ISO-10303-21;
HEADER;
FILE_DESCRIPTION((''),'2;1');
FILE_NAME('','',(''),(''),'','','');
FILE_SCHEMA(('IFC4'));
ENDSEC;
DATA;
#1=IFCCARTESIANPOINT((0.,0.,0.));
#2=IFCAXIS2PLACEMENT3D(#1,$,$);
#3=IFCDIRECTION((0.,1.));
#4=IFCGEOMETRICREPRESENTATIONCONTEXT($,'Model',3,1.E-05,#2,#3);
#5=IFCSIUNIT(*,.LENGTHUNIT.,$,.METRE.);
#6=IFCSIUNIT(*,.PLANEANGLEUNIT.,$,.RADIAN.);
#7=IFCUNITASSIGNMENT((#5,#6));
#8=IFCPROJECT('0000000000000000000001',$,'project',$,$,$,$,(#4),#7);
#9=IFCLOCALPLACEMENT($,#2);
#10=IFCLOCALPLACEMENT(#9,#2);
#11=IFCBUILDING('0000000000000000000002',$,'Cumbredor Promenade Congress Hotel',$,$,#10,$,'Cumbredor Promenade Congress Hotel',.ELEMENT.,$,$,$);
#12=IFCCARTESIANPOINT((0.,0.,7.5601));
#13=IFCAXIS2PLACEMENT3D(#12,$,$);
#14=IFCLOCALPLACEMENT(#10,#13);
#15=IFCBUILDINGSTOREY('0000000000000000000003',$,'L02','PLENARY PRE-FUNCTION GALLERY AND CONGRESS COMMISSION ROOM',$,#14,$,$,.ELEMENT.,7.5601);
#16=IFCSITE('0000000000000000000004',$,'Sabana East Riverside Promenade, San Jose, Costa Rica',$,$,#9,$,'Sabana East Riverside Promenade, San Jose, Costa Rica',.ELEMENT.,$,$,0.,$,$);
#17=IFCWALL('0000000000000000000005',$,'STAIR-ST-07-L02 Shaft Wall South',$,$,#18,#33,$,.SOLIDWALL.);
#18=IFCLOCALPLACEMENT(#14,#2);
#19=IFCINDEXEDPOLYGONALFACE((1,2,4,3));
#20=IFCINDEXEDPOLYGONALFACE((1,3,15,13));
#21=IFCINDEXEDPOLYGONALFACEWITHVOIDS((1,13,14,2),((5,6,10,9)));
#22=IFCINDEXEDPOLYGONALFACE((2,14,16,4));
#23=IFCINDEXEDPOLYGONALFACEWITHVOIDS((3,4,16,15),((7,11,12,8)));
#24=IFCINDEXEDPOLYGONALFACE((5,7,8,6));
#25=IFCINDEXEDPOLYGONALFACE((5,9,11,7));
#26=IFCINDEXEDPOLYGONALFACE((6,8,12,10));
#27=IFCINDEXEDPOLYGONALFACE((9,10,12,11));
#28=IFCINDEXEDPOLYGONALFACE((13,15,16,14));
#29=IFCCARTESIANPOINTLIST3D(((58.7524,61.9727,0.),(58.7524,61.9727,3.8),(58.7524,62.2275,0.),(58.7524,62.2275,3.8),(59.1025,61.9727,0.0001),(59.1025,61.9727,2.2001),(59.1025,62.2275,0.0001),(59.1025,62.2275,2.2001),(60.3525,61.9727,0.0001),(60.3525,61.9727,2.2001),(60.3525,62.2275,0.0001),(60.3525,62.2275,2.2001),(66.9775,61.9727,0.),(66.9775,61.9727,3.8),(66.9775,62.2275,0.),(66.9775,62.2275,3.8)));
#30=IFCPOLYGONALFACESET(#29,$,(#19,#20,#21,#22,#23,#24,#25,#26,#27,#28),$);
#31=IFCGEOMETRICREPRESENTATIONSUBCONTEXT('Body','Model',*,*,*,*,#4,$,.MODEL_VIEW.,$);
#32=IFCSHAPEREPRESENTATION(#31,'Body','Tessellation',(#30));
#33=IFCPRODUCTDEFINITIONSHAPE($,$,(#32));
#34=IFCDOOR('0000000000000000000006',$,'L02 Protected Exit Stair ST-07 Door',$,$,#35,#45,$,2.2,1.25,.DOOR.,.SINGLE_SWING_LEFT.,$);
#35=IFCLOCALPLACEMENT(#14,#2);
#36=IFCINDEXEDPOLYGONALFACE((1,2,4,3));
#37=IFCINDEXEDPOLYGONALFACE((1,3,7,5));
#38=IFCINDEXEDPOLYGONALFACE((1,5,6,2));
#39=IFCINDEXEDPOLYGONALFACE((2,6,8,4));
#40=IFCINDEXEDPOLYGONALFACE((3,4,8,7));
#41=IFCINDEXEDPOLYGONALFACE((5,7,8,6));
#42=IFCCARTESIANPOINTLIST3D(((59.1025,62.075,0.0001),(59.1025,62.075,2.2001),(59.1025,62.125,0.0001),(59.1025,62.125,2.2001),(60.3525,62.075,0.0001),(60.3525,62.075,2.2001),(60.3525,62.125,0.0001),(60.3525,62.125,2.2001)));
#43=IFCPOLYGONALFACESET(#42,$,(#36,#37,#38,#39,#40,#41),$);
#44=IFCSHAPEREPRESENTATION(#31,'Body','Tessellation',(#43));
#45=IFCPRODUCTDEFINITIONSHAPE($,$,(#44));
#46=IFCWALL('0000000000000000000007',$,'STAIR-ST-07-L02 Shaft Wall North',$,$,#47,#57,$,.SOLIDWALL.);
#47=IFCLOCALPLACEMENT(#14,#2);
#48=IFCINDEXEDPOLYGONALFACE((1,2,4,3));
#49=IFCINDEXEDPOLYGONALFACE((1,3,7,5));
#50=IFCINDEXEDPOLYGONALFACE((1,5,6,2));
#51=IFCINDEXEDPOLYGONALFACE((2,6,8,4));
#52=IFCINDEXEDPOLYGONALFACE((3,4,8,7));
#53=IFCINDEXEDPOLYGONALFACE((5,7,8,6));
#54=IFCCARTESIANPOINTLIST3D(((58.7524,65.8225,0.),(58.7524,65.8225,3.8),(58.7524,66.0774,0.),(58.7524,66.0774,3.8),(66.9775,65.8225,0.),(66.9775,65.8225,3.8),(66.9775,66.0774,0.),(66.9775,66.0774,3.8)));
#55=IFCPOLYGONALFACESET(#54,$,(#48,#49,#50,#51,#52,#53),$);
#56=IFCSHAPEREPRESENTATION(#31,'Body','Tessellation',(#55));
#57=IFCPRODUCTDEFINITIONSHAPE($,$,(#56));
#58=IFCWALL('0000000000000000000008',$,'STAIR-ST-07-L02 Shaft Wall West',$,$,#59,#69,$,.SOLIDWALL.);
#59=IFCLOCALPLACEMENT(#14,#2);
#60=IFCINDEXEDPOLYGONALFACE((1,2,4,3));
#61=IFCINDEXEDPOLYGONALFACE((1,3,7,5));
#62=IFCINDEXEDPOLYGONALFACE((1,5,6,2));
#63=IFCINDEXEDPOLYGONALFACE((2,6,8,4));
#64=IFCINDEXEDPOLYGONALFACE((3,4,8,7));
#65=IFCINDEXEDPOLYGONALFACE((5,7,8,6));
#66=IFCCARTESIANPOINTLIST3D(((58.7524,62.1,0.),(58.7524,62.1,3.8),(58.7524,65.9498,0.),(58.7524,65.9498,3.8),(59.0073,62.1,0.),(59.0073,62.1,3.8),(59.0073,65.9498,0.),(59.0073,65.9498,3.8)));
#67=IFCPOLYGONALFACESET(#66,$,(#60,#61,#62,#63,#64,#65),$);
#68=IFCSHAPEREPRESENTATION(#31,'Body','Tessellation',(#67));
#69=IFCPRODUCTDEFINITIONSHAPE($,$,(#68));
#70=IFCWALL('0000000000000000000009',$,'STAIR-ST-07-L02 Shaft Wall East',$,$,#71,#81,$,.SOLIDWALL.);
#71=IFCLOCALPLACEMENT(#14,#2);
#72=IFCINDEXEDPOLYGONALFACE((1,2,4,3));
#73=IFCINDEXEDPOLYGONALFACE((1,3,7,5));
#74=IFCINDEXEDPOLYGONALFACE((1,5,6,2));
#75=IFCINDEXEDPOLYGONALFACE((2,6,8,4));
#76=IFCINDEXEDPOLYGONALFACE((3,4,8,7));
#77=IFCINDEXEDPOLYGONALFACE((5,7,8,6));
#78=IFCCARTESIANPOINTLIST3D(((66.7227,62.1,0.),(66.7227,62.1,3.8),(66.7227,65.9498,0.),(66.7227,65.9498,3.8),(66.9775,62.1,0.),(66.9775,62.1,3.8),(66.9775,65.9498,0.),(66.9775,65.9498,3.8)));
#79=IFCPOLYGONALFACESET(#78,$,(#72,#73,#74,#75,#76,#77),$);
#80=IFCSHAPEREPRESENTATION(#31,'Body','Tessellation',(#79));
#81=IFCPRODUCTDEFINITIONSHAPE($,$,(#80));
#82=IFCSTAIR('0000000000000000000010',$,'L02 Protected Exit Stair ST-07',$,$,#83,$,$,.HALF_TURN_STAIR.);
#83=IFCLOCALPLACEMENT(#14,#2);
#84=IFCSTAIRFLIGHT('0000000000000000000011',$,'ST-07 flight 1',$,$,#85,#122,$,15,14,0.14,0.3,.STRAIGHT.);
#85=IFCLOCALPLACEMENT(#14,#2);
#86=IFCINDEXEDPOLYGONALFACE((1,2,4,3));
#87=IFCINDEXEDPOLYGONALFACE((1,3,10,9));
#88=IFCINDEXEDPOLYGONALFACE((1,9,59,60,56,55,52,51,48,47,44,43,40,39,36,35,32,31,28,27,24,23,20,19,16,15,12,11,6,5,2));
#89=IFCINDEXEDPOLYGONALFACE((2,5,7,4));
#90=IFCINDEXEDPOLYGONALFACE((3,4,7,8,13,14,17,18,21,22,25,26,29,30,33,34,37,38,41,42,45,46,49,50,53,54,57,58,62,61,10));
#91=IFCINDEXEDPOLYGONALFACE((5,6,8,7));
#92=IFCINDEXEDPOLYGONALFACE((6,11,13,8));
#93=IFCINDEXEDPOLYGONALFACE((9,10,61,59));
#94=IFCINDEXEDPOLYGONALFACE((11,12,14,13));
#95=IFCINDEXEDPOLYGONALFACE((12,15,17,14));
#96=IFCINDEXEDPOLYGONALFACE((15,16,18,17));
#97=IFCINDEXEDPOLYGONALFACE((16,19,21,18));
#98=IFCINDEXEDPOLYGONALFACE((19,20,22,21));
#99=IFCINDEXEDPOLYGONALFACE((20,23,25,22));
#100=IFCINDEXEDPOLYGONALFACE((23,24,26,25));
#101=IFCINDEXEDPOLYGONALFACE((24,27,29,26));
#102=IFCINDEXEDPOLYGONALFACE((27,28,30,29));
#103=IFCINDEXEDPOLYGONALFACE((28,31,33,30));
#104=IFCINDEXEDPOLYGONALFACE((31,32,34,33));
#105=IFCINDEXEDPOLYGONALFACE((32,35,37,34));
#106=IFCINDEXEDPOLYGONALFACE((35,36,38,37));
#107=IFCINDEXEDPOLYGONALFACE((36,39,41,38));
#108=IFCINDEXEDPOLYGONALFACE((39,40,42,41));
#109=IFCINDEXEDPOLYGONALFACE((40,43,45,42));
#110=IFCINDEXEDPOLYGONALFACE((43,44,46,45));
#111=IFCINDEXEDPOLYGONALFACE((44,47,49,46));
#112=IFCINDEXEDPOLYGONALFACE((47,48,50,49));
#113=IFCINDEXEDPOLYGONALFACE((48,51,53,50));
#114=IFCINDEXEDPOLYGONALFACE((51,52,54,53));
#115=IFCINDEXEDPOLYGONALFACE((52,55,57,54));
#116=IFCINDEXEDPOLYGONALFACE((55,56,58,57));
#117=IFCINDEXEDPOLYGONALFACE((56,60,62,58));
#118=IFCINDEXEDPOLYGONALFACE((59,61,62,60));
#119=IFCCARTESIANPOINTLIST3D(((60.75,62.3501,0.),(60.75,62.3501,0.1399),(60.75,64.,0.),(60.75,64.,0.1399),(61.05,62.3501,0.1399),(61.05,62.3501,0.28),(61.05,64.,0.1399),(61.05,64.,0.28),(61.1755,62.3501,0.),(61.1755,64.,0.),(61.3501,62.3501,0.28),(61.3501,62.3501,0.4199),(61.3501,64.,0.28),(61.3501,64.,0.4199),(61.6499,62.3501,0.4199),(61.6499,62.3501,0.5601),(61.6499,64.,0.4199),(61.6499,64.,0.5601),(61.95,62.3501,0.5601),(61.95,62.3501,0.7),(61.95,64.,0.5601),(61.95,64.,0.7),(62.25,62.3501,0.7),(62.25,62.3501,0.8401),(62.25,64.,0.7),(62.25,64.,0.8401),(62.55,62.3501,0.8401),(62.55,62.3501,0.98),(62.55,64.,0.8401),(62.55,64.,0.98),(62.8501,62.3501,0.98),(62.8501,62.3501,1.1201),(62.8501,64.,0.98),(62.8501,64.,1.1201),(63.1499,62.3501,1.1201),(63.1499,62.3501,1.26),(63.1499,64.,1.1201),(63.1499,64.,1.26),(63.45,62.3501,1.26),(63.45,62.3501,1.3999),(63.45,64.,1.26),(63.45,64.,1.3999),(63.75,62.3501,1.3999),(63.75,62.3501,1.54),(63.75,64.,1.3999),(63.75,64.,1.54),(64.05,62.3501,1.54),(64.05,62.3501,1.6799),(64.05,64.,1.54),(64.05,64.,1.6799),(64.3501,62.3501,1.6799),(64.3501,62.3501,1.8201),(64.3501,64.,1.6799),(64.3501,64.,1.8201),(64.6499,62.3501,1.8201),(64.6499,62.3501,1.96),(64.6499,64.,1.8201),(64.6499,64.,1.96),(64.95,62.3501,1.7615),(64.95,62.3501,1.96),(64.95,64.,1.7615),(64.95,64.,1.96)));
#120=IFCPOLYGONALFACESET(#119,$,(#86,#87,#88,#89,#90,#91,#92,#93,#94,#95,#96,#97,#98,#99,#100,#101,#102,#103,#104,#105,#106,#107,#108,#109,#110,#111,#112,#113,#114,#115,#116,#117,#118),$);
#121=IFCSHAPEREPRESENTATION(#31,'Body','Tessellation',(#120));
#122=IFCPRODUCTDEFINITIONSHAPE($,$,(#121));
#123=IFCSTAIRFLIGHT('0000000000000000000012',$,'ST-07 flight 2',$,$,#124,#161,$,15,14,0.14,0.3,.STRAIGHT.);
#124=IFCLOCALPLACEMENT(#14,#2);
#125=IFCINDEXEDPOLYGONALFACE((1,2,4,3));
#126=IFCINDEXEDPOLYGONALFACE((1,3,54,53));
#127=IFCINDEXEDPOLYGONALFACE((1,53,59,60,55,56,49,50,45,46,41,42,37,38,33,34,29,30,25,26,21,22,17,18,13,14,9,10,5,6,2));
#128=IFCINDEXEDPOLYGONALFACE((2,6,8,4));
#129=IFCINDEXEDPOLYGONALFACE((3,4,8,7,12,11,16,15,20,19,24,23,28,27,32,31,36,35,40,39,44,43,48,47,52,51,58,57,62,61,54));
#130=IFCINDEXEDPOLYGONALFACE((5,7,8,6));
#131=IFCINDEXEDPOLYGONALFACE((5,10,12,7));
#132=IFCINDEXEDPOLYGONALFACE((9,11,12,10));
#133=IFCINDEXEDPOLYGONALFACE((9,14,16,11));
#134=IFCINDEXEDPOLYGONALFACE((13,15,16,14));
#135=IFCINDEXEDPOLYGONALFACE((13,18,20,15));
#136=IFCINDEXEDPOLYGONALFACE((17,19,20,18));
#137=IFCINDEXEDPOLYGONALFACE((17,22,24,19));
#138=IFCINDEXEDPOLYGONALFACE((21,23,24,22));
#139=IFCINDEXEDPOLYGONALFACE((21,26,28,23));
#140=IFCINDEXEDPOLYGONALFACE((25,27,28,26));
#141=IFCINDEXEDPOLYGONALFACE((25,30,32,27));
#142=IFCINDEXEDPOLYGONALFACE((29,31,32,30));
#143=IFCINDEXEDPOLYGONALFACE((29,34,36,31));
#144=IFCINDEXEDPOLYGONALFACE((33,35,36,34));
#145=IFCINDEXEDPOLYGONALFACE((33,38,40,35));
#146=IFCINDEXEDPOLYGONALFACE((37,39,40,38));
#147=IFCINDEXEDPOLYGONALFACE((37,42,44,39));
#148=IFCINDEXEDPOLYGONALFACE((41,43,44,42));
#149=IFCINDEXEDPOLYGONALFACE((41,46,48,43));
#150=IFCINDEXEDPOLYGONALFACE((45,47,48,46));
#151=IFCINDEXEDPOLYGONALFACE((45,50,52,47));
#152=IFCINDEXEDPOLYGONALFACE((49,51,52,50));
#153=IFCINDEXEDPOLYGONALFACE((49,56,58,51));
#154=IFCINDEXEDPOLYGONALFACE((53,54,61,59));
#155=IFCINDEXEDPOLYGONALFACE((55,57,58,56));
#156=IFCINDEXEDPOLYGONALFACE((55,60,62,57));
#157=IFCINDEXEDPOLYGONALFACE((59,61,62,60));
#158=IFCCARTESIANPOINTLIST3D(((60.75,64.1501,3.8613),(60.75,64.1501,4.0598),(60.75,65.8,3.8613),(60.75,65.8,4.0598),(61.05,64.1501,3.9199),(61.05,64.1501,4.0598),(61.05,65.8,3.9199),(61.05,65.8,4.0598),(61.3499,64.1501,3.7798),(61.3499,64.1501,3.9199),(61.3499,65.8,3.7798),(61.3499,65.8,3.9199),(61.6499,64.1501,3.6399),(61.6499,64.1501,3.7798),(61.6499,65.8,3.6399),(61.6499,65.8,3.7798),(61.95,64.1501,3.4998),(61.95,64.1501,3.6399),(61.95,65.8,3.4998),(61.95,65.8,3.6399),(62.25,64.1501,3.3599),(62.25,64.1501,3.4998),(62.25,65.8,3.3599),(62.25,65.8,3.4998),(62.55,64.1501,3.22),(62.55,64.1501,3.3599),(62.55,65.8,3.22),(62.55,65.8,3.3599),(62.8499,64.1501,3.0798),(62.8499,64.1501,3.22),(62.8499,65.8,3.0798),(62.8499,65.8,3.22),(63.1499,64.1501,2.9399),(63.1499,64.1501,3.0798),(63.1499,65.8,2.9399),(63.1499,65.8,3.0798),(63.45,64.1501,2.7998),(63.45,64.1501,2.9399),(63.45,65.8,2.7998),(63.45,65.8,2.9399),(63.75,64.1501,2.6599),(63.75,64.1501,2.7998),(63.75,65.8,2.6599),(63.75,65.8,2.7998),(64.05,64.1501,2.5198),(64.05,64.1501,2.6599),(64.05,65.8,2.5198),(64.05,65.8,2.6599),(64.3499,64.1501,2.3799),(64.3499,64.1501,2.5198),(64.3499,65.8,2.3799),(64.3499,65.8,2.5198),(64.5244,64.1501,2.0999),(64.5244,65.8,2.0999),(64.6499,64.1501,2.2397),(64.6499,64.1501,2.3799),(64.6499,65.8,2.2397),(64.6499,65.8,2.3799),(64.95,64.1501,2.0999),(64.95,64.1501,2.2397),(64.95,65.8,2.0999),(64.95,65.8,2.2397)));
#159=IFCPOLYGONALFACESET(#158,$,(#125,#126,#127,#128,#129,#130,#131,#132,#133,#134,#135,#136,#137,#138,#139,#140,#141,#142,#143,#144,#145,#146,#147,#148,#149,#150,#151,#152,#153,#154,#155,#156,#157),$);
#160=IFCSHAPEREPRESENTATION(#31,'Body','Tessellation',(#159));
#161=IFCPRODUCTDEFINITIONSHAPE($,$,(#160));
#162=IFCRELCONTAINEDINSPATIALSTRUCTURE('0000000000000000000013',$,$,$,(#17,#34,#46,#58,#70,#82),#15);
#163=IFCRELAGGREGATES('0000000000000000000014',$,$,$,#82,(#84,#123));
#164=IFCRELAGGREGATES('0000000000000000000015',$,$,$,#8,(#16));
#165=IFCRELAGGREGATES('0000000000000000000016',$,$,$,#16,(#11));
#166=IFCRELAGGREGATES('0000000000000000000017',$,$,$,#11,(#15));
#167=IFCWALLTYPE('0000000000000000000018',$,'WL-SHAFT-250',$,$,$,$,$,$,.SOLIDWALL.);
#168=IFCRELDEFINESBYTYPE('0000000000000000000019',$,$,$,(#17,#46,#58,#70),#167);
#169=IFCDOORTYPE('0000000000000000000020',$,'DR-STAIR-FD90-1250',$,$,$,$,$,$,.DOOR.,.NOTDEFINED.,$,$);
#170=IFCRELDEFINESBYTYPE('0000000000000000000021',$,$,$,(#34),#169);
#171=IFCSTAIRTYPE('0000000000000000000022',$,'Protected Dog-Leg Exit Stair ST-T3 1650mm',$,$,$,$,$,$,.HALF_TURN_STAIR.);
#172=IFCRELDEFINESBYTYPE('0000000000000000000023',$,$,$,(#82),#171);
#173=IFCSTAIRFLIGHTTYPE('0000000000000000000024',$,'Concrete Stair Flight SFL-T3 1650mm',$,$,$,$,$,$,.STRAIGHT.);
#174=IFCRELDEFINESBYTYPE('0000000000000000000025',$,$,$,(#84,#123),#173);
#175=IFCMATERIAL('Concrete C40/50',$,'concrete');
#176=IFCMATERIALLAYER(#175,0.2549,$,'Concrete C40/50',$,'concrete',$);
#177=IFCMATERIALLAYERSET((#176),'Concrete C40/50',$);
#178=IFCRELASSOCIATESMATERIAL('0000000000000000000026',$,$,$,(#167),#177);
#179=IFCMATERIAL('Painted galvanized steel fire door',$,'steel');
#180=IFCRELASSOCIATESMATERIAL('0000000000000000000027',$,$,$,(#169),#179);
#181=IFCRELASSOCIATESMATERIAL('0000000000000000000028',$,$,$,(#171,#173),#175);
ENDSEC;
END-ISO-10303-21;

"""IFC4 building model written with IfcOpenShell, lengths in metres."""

from ifc_helpers import new_model, si_unit, direction, frame, frame_2d, origin, place, context, subcontext, project, spatial, polyline, rectangle, outline, extrude, material, layer, layer_set, type_object, element, fill, aggregate, save


model = new_model("IFC4")

# Units and contexts
model_context = context("Model", 3, precision=1e-05, world=origin(), true_north=direction((0.0, 1.0)))
body_context = subcontext(model_context, "Body", "Model", "MODEL_VIEW")
ifc_project = project(units=[si_unit("LENGTHUNIT", "METRE"), si_unit("PLANEANGLEUNIT", "RADIAN")], contexts=[model_context])

# Site, building, storey
site_placement = place(None, origin())
site = spatial("IfcSite", under=ifc_project, at=site_placement, Name="Sabana East Riverside Promenade, San Jose, Costa Rica", LongName="Sabana East Riverside Promenade, San Jose, Costa Rica", CompositionType="ELEMENT", RefElevation=0.0)
building_placement = place(site_placement, origin())
building = spatial("IfcBuilding", under=site, at=building_placement, Name="Cumbredor Promenade Congress Hotel", LongName="Cumbredor Promenade Congress Hotel", CompositionType="ELEMENT")
storey_placement = place(building_placement, frame((0.0, 0.0, 7.5601)))
storey = spatial("IfcBuildingStorey", under=building, at=storey_placement, Name="L02", Description="PLENARY PRE-FUNCTION GALLERY AND CONGRESS COMMISSION ROOM", CompositionType="ELEMENT", Elevation=7.5601)

# Shared definitions
ifc_material_1 = material(Name="Concrete C40/50", Category="concrete")

# Wall, opening, door
ifc_layer_1 = layer(ifc_material_1, 0.2549, Name="Concrete C40/50", Category="concrete")
ifc_layer_set_1 = layer_set([ifc_layer_1], Name="Concrete C40/50")
wall_type_1 = type_object("IfcWallType", Name="WL-SHAFT-250", PredefinedType="SOLIDWALL", material=ifc_layer_set_1)
wall_1_placement = place(storey_placement, frame((58.7524, 62.1001, 0.0), z_axis=(0.0, 0.0, 1.0), x_axis=(1.0, 0.0, 0.0)))
wall_1 = element("IfcWall", 1, at=wall_1_placement, inside=storey, type_object=wall_type_1, Name="STAIR-ST-07-L02 Shaft Wall South", PredefinedType="SOLIDWALL", context=body_context, shape_type="SweptSolid", body=[
    extrude(rectangle(XDim=8.2251, YDim=0.2549, at=frame_2d((4.1125, 0.0))), origin(), (0.0, 0.0, 1.0), 3.8),
])
opening_1_placement = place(wall_1_placement, frame((0.3501, 0.0, 0.0)))
opening_1 = element("IfcOpeningElement", 2, at=opening_1_placement, cuts=wall_1, PredefinedType="OPENING", context=body_context, shape_type="SweptSolid", body=[
    extrude(rectangle(XDim=1.25, YDim=2.2, at=frame_2d((0.625, 1.1001))), frame((0.0, 0.1375, 0.0), z_axis=(0.0, -1.0, 0.0), x_axis=(1.0, 0.0, 0.0)), (0.0, 0.0, 1.0), 0.2749),
])
ifc_material_2 = material(Name="Painted galvanized steel fire door", Category="steel")
door_type = type_object("IfcDoorType", Name="DR-STAIR-FD90-1250", OperationType="NOTDEFINED", PredefinedType="DOOR", material=ifc_material_2)
door_placement = place(opening_1_placement, origin())
door = element("IfcDoor", 3, at=door_placement, inside=storey, type_object=door_type, Name="L02 Protected Exit Stair ST-07 Door", OperationType="SINGLE_SWING_LEFT", OverallHeight=2.2, OverallWidth=1.25, PredefinedType="DOOR", context=body_context, shape_type="SweptSolid", body=[
    extrude(rectangle(XDim=1.25, YDim=2.2, at=frame_2d((0.625, 1.1001))), frame((0.0, 0.0249, 0.0), z_axis=(0.0, -1.0, 0.0), x_axis=(1.0, 0.0, 0.0)), (0.0, 0.0, 1.0), 0.05),
])
fill(opening_1, door)

# Walls
wall_2_placement = place(storey_placement, frame((58.7524, 65.95, 0.0), z_axis=(0.0, 0.0, 1.0), x_axis=(1.0, 0.0, 0.0)))
element("IfcWall", 4, at=wall_2_placement, inside=storey, type_object=wall_type_1, Name="STAIR-ST-07-L02 Shaft Wall North", PredefinedType="SOLIDWALL", context=body_context, shape_type="SweptSolid", body=[
    extrude(rectangle(XDim=8.2251, YDim=0.2549, at=frame_2d((4.1125, 0.0))), origin(), (0.0, 0.0, 1.0), 3.8),
])
for number, where, z_axis, x_axis, name in (
    (5, (58.8799, 62.1001, 0.0), (0.0, 0.0, 1.0), (0.0, 1.0, 0.0), "STAIR-ST-07-L02 Shaft Wall West"),
    (6, (66.8501, 62.1001, 0.0), (0.0, 0.0, 1.0), (0.0, 1.0, 0.0), "STAIR-ST-07-L02 Shaft Wall East"),
):
    element("IfcWall", number, at=place(storey_placement, frame(where, z_axis=z_axis, x_axis=x_axis)), inside=storey, type_object=wall_type_1, Name=name, PredefinedType="SOLIDWALL", context=body_context, shape_type="SweptSolid", body=[
        extrude(rectangle(XDim=3.8499, YDim=0.2549, at=frame_2d((1.9248, 0.0))), origin(), (0.0, 0.0, 1.0), 3.8),
    ])

# Stair, stair flights
stair_type = type_object("IfcStairType", Name="Protected Dog-Leg Exit Stair ST-T3 1650mm", PredefinedType="HALF_TURN_STAIR", material=ifc_material_1)
stair_placement = place(storey_placement, origin())
stair = element("IfcStair", 7, at=stair_placement, inside=storey, type_object=stair_type, Name="L02 Protected Exit Stair ST-07", PredefinedType="HALF_TURN_STAIR")
stair_flight_type = type_object("IfcStairFlightType", Name="Concrete Stair Flight SFL-T3 1650mm", PredefinedType="STRAIGHT", material=ifc_material_1)
stair_flight_1_placement = place(storey_placement, frame((60.75, 63.175, 0.0), z_axis=(0.0, 0.0, 1.0), x_axis=(1.0, 0.0, 0.0)))
stair_flight_1 = element("IfcStairFlight", 8, at=stair_flight_1_placement, type_object=stair_flight_type, Name="ST-07 flight 1", NumberOfRisers=15, NumberOfTreads=14, PredefinedType="STRAIGHT", RiserHeight=0.14, TreadLength=0.3, context=body_context, shape_type="SweptSolid", body=[
    extrude(outline(polyline([(0.0, 0.0), (0.0, 0.1399), (0.3, 0.1399), (0.3, 0.28), (0.6001, 0.28), (0.6001, 0.4199), (0.8999, 0.4199), (0.8999, 0.5601), (1.2, 0.5601), (1.2, 0.7), (1.5, 0.7), (1.5, 0.8401), (1.8, 0.8401), (1.8, 0.98), (2.1001, 0.98), (2.1001, 1.1201), (2.3999, 1.1201), (2.3999, 1.26), (2.7, 1.26), (2.7, 1.3999), (3.0, 1.3999), (3.0, 1.54), (3.3, 1.54), (3.3, 1.6799), (3.6001, 1.6799), (3.6001, 1.8201), (3.8999, 1.8201), (3.8999, 1.96), (4.2, 1.96), (4.2, 2.1001), (4.2, 1.7615), (0.4255, 0.0), (0.0, 0.0)])), frame((0.0, 0.825, 0.0), z_axis=(0.0, -1.0, 0.0), x_axis=(1.0, 0.0, 0.0)), (0.0, 0.0, 1.0), 1.6499),
])
stair_flight_2_placement = place(storey_placement, frame((64.95, 64.9751, 2.0999), z_axis=(0.0, 0.0, 1.0), x_axis=(-1.0, 0.0, 0.0)))
stair_flight_2 = element("IfcStairFlight", 9, at=stair_flight_2_placement, type_object=stair_flight_type, Name="ST-07 flight 2", NumberOfRisers=15, NumberOfTreads=14, PredefinedType="STRAIGHT", RiserHeight=0.14, TreadLength=0.3, context=body_context, shape_type="SweptSolid", body=[
    extrude(outline(polyline([(0.0, 0.0), (0.0, 0.1399), (0.3, 0.1399), (0.3, 0.28), (0.6001, 0.28), (0.6001, 0.4199), (0.8999, 0.4199), (0.8999, 0.5601), (1.2, 0.5601), (1.2, 0.7), (1.5, 0.7), (1.5, 0.8401), (1.8, 0.8401), (1.8, 0.98), (2.1001, 0.98), (2.1001, 1.1201), (2.3999, 1.1201), (2.3999, 1.26), (2.7, 1.26), (2.7, 1.3999), (3.0, 1.3999), (3.0, 1.54), (3.3, 1.54), (3.3, 1.6799), (3.6001, 1.6799), (3.6001, 1.8201), (3.8999, 1.8201), (3.8999, 1.96), (4.2, 1.96), (4.2, 2.1001), (4.2, 1.7615), (0.4255, 0.0), (0.0, 0.0)])), frame((0.0, 0.825, 0.0), z_axis=(0.0, -1.0, 0.0), x_axis=(1.0, 0.0, 0.0)), (0.0, 0.0, 1.0), 1.6499),
])
aggregate(stair, [stair_flight_1, stair_flight_2])

save(model, "model.ifc")
